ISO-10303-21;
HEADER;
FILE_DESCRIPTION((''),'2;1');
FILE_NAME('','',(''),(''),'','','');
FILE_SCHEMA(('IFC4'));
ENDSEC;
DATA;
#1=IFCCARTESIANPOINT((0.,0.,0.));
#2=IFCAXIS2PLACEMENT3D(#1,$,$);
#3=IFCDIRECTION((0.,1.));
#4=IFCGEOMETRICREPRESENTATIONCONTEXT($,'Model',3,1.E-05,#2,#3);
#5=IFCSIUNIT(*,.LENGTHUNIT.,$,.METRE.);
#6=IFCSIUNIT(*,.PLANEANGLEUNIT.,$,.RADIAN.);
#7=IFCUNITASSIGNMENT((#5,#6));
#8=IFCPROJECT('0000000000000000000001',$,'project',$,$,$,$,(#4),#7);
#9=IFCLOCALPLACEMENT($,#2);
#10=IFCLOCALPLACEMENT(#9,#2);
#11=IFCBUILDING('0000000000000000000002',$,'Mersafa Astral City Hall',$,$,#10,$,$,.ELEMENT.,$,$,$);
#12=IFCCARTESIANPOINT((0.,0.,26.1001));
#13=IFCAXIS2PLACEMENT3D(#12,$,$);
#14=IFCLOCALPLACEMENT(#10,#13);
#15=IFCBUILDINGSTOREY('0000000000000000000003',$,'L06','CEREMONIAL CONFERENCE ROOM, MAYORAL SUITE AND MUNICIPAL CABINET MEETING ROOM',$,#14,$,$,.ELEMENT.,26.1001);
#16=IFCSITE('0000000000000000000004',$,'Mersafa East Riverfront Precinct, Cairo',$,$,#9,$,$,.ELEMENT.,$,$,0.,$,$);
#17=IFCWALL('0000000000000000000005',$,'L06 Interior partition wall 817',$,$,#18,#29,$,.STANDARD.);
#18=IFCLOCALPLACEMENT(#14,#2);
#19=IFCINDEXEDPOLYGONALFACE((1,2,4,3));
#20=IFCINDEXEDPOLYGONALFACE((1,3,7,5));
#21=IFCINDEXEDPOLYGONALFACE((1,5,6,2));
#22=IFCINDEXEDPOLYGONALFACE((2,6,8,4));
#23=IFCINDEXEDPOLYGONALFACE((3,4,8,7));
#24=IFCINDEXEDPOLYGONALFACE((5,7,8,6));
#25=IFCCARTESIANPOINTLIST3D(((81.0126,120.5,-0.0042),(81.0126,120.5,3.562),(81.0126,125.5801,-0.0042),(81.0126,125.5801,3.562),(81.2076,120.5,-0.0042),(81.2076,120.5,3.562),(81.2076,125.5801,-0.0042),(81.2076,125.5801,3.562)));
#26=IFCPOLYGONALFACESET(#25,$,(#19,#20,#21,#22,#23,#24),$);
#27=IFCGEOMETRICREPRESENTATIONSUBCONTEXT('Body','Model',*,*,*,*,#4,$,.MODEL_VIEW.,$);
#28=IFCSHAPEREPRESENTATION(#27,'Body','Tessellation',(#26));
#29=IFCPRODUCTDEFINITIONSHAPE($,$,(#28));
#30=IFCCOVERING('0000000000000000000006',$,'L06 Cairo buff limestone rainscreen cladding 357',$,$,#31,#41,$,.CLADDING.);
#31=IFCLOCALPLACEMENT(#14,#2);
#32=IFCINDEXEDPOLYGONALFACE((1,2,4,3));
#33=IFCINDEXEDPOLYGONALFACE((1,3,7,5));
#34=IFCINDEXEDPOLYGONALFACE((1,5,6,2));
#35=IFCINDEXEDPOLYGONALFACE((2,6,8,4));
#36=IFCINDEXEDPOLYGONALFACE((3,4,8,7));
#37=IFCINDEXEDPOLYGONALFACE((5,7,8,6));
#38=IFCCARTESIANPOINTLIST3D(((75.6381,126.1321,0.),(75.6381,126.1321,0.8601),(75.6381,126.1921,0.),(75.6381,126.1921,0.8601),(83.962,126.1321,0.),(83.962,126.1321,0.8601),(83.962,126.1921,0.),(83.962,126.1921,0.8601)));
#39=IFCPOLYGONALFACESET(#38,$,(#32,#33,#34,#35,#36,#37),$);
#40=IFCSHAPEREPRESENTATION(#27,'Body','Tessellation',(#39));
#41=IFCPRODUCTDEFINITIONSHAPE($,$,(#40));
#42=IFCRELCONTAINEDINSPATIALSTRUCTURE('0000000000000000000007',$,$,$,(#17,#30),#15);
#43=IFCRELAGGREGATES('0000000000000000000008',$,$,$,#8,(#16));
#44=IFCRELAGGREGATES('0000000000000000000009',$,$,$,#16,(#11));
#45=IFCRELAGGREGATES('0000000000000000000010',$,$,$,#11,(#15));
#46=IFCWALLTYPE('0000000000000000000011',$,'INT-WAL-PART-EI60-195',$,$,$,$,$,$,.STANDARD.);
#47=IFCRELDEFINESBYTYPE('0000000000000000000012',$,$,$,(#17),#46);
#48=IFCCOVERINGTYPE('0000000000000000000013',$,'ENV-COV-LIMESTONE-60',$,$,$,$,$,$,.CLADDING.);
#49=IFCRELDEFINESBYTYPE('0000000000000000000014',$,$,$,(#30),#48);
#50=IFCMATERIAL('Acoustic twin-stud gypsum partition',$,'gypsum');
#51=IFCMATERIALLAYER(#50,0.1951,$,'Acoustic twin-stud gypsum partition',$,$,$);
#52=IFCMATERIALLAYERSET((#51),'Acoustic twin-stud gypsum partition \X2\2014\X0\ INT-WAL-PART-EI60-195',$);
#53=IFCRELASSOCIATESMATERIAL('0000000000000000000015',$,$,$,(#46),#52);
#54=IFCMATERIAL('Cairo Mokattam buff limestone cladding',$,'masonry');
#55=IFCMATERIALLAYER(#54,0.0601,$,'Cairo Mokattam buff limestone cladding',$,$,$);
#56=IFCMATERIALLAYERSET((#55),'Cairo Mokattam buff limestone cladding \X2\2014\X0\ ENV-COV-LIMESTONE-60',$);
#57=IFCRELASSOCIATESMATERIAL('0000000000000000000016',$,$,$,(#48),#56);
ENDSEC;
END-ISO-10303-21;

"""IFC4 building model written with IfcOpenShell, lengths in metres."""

from ifc_helpers import new_model, si_unit, direction, frame, frame_2d, origin, origin_2d, place, context, subcontext, project, spatial, rectangle, extrude, material, layer, layer_set, type_object, element, save


model = new_model("IFC4")

# Units and contexts
model_context = context("Model", 3, precision=1e-05, world=origin(), true_north=direction((0.0, 1.0)))
body_context = subcontext(model_context, "Body", "Model", "MODEL_VIEW")
ifc_project = project(units=[si_unit("LENGTHUNIT", "METRE"), si_unit("PLANEANGLEUNIT", "RADIAN")], contexts=[model_context])

# Site, building, storey
site_placement = place(None, origin())
site = spatial("IfcSite", under=ifc_project, at=site_placement, Name="Mersafa East Riverfront Precinct, Cairo", CompositionType="ELEMENT", RefElevation=0.0)
building_placement = place(site_placement, origin())
building = spatial("IfcBuilding", under=site, at=building_placement, Name="Mersafa Astral City Hall", CompositionType="ELEMENT")
storey_placement = place(building_placement, frame((0.0, 0.0, 26.1001)))
storey = spatial("IfcBuildingStorey", under=building, at=storey_placement, Name="L06", Description="CEREMONIAL CONFERENCE ROOM, MAYORAL SUITE AND MUNICIPAL CABINET MEETING ROOM", CompositionType="ELEMENT", Elevation=26.1001)

# Shared definitions
ifc_material_1 = material(Name="Acoustic twin-stud gypsum partition", Category="gypsum")

# Wall
ifc_layer_1 = layer(ifc_material_1, 0.1951, Name="Acoustic twin-stud gypsum partition")
ifc_layer_set_1 = layer_set([ifc_layer_1], Name="Acoustic twin-stud gypsum partition — INT-WAL-PART-EI60-195")
wall_type_1 = type_object("IfcWallType", Name="INT-WAL-PART-EI60-195", PredefinedType="STANDARD", material=ifc_layer_set_1)
wall_1_placement = place(storey_placement, frame((81.1101, 125.5801, -0.0042), z_axis=(0.0, 0.0, 1.0), x_axis=(0.0, -1.0, 0.0)))
element("IfcWall", 1, at=wall_1_placement, inside=storey, type_object=wall_type_1, Name="L06 Interior partition wall 817", PredefinedType="STANDARD", context=body_context, shape_type="SweptSolid", body=[
    extrude(rectangle(XDim=5.0801, YDim=0.1951, at=frame_2d((2.54, 0.0))), origin(), (0.0, 0.0, 1.0), 3.5662),
])

# Covering
ifc_material_2 = material(Name="Cairo Mokattam buff limestone cladding", Category="masonry")
ifc_layer_2 = layer(ifc_material_2, 0.0601, Name="Cairo Mokattam buff limestone cladding")
ifc_layer_set_2 = layer_set([ifc_layer_2], Name="Cairo Mokattam buff limestone cladding — ENV-COV-LIMESTONE-60")
covering_type = type_object("IfcCoveringType", Name="ENV-COV-LIMESTONE-60", PredefinedType="CLADDING", material=ifc_layer_set_2)
covering_placement = place(storey_placement, frame((79.8, 126.1621, 0.0), z_axis=(0.0, 0.0, 1.0), x_axis=(-1.0, 0.0, 0.0)))
element("IfcCovering", 2, at=covering_placement, inside=storey, type_object=covering_type, Name="L06 Cairo buff limestone rainscreen cladding 357", PredefinedType="CLADDING", context=body_context, shape_type="SweptSolid", body=[
    extrude(rectangle(XDim=8.324, YDim=0.0601, at=origin_2d()), origin(), (0.0, 0.0, 1.0), 0.8601),
])

save(model, "model.ifc")
